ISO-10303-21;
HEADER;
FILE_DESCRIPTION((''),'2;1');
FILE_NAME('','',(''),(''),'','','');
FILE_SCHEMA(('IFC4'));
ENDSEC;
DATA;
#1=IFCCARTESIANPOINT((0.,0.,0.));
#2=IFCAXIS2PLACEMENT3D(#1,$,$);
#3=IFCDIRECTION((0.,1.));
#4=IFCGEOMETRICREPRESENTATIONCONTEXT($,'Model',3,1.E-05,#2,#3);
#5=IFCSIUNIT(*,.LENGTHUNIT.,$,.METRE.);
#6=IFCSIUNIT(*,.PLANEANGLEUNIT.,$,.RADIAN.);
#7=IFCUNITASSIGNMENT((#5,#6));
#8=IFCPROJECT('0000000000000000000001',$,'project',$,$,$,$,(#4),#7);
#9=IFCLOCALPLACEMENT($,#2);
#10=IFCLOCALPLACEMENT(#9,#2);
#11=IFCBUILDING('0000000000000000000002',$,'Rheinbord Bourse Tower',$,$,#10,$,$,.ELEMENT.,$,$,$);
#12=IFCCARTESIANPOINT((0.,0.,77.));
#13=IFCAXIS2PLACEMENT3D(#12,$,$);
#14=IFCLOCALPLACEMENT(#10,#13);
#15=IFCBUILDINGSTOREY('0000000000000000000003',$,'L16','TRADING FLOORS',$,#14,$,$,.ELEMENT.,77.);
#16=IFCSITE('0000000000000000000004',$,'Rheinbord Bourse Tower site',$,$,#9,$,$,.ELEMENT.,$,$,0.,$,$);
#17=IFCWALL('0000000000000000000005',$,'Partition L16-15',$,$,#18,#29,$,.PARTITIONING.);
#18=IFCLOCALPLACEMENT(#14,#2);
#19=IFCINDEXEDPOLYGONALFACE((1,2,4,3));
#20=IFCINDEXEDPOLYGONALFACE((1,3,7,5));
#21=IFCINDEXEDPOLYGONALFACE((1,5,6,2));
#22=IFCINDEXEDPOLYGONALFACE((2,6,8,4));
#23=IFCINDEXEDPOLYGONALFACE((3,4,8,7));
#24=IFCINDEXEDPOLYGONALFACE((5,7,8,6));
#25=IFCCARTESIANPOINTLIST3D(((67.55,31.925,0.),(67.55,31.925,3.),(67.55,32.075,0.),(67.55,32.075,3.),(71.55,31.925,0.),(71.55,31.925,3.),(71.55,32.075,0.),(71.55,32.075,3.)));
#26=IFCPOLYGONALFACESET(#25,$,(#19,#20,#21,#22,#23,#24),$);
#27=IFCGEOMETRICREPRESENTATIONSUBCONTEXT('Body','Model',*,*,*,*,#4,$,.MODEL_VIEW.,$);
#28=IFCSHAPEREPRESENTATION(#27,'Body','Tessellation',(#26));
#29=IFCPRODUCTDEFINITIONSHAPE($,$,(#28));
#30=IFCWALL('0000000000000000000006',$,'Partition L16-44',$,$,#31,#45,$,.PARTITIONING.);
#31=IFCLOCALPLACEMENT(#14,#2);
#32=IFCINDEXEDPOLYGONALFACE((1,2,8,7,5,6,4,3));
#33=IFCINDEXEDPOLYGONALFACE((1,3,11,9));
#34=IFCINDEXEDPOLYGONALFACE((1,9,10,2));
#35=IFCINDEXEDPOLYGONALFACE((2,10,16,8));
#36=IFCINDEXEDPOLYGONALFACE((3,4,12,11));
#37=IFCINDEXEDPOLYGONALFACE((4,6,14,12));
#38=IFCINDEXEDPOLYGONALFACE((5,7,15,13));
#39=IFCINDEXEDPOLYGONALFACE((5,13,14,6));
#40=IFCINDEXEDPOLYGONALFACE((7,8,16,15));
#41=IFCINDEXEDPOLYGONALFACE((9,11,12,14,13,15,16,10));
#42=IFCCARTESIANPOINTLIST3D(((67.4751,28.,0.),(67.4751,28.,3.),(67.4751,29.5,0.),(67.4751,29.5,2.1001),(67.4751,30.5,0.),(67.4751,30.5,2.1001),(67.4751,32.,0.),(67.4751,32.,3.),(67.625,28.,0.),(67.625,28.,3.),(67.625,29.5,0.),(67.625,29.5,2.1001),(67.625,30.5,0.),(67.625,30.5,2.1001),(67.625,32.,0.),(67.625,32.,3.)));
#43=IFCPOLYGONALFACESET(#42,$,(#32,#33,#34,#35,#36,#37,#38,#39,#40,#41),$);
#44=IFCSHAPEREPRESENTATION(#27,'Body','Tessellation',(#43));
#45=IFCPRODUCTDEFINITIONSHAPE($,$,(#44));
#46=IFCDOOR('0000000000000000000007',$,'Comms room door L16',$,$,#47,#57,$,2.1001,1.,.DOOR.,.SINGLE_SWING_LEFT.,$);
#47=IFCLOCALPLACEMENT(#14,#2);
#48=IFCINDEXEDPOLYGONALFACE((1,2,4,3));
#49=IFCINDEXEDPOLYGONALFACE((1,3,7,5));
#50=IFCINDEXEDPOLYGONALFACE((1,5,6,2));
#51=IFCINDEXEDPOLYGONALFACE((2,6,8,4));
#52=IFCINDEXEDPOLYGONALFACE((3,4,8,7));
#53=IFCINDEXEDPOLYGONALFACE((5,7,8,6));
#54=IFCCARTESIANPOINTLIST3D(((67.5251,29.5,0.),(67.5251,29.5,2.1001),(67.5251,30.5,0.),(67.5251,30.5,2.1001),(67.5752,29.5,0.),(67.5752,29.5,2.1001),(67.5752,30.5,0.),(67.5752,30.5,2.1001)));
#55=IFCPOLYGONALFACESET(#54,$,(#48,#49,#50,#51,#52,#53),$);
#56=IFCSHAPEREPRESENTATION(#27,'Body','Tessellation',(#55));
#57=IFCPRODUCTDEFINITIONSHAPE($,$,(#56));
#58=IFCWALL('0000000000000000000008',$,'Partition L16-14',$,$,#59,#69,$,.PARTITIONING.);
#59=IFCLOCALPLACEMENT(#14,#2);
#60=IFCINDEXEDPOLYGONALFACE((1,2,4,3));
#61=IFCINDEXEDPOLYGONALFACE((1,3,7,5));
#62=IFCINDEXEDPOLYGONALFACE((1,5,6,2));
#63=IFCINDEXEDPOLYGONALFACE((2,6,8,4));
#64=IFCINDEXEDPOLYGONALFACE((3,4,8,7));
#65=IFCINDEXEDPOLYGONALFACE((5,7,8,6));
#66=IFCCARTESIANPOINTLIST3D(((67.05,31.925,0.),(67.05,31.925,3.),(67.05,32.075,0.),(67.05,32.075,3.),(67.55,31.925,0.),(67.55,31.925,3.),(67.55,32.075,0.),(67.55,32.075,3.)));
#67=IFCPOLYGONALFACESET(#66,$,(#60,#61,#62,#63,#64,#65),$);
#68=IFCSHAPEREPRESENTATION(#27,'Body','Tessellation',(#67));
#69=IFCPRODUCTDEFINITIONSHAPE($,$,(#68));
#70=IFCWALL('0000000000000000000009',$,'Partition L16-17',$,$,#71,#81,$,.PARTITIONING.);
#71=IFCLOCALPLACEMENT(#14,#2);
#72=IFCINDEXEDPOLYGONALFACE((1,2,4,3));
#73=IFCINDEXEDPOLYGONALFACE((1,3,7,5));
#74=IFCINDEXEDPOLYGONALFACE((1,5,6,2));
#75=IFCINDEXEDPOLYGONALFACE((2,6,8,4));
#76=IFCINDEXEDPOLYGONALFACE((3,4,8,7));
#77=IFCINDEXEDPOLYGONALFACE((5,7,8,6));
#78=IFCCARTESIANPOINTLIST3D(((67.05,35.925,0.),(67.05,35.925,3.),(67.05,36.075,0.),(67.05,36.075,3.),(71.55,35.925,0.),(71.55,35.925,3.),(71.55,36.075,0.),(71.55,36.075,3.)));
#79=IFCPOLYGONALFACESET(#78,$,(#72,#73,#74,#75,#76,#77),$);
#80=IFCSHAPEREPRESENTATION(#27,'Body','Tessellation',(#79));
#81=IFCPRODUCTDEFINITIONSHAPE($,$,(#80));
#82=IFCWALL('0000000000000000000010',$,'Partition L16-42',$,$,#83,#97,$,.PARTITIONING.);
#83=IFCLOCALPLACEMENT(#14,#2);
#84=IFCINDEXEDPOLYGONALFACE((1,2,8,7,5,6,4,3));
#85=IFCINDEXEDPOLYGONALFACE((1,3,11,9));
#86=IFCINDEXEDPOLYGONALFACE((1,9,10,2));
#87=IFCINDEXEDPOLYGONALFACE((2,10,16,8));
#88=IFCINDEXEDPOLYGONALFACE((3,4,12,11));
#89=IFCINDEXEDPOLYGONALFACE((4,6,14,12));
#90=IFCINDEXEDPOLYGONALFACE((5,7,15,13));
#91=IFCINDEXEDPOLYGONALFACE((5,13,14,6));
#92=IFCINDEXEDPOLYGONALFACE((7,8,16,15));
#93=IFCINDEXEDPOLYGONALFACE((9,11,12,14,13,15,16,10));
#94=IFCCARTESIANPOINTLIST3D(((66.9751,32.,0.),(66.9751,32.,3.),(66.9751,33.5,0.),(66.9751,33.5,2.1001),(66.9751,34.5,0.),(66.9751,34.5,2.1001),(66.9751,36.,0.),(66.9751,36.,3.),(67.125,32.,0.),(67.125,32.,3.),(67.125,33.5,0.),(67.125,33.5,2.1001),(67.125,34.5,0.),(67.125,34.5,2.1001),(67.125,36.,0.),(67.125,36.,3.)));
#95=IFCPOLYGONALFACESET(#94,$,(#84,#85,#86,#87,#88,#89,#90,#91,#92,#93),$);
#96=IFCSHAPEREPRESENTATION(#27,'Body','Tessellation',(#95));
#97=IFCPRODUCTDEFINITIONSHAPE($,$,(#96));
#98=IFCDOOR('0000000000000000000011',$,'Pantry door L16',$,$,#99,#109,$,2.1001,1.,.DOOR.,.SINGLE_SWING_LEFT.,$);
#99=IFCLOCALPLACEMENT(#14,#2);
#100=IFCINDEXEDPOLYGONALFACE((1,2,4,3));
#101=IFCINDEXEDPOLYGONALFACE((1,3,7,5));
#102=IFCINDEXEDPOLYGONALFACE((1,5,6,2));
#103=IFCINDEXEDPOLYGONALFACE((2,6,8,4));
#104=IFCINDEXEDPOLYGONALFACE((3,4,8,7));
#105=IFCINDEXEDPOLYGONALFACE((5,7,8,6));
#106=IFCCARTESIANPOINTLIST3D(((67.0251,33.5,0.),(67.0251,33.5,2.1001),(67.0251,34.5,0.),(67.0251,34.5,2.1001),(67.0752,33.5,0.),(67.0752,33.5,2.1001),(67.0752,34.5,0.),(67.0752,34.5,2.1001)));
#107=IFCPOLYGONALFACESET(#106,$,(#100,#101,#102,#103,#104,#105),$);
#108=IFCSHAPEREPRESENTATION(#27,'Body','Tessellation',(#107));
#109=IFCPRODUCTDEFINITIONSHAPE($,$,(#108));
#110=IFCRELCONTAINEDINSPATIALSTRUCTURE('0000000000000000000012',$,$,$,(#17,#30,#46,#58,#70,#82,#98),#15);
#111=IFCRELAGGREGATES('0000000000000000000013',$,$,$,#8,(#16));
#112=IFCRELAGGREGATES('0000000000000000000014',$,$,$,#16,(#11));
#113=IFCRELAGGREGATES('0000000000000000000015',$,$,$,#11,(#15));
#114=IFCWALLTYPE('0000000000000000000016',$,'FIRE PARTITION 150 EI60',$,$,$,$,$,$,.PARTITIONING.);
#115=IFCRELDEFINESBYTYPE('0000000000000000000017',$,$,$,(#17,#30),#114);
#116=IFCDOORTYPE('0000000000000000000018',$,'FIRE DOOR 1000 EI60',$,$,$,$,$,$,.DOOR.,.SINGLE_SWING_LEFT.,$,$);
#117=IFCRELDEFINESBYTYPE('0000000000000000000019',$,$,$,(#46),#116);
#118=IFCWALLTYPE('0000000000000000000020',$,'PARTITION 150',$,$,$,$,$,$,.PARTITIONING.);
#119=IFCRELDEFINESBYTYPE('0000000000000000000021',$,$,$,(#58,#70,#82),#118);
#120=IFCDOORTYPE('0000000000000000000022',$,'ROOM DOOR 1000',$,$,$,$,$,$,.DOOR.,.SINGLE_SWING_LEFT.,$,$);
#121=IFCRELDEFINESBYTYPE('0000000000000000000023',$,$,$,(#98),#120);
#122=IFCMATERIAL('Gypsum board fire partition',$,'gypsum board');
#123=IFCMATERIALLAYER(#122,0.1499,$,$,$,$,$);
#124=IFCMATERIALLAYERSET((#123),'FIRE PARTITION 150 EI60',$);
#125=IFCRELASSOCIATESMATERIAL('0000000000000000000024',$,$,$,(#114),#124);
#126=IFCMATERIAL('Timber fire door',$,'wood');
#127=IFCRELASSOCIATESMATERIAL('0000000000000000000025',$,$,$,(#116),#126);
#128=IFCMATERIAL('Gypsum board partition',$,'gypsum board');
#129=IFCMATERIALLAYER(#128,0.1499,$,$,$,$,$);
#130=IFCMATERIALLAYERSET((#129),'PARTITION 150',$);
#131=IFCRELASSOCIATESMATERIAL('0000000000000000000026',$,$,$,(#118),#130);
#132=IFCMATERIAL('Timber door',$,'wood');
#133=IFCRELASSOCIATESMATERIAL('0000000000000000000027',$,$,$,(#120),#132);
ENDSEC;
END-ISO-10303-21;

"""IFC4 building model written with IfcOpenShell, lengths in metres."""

from ifc_helpers import new_model, si_unit, direction, frame, frame_2d, origin, place, context, subcontext, project, spatial, rectangle, extrude, material, layer, layer_set, type_object, element, fill, save


model = new_model("IFC4")

# Units and contexts
model_context = context("Model", 3, precision=1e-05, world=origin(), true_north=direction((0.0, 1.0)))
body_context = subcontext(model_context, "Body", "Model", "MODEL_VIEW")
ifc_project = project(units=[si_unit("LENGTHUNIT", "METRE"), si_unit("PLANEANGLEUNIT", "RADIAN")], contexts=[model_context])

# Site, building, storey
site_placement = place(None, origin())
site = spatial("IfcSite", under=ifc_project, at=site_placement, Name="Rheinbord Bourse Tower site", CompositionType="ELEMENT", RefElevation=0.0)
building_placement = place(site_placement, origin())
building = spatial("IfcBuilding", under=site, at=building_placement, Name="Rheinbord Bourse Tower", CompositionType="ELEMENT")
storey_placement = place(building_placement, frame((0.0, 0.0, 77.0)))
storey = spatial("IfcBuildingStorey", under=building, at=storey_placement, Name="L16", Description="TRADING FLOORS", CompositionType="ELEMENT", Elevation=77.0)

# Wall
ifc_material_1 = material(Name="Gypsum board fire partition", Category="gypsum board")
ifc_layer_1 = layer(ifc_material_1, 0.1499)
ifc_layer_set_1 = layer_set([ifc_layer_1], Name="FIRE PARTITION 150 EI60")
wall_type_1 = type_object("IfcWallType", Name="FIRE PARTITION 150 EI60", PredefinedType="PARTITIONING", material=ifc_layer_set_1)
for number, where, z_axis, x_axis, name in (
    (1, (67.55, 32.0, 0.0), (0.0, 0.0, 1.0), (1.0, 0.0, 0.0), "Partition L16-15"),
):
    element("IfcWall", number, at=place(storey_placement, frame(where, z_axis=z_axis, x_axis=x_axis)), inside=storey, type_object=wall_type_1, Name=name, PredefinedType="PARTITIONING", context=body_context, shape_type="SweptSolid", body=[
        extrude(rectangle(XDim=4.0, YDim=0.1499, at=frame_2d((2.0, 0.0))), origin(), (0.0, 0.0, 1.0), 3.0),
    ])

# Wall, opening, door
wall_1_placement = place(storey_placement, frame((67.55, 28.0, 0.0), z_axis=(0.0, 0.0, 1.0), x_axis=(0.0, 1.0, 0.0)))
wall_1 = element("IfcWall", 2, at=wall_1_placement, inside=storey, type_object=wall_type_1, Name="Partition L16-44", PredefinedType="PARTITIONING", context=body_context, shape_type="SweptSolid", body=[
    extrude(rectangle(XDim=4.0, YDim=0.1499, at=frame_2d((2.0, 0.0))), origin(), (0.0, 0.0, 1.0), 3.0),
])
opening_1_placement = place(wall_1_placement, frame((1.5, 0.0, 0.0)))
opening_1 = element("IfcOpeningElement", 3, at=opening_1_placement, cuts=wall_1, PredefinedType="OPENING", context=body_context, shape_type="SweptSolid", body=[
    extrude(rectangle(XDim=1.0, YDim=2.1001, at=frame_2d((0.5, 1.05))), frame((0.0, 0.085, 0.0), z_axis=(0.0, -1.0, 0.0), x_axis=(1.0, 0.0, 0.0)), (0.0, 0.0, 1.0), 0.1699),
])
ifc_material_2 = material(Name="Timber fire door", Category="wood")
door_type_1 = type_object("IfcDoorType", Name="FIRE DOOR 1000 EI60", OperationType="SINGLE_SWING_LEFT", PredefinedType="DOOR", material=ifc_material_2)
door_1_placement = place(opening_1_placement, origin())
door_1 = element("IfcDoor", 4, at=door_1_placement, inside=storey, type_object=door_type_1, Name="Comms room door L16", OperationType="SINGLE_SWING_LEFT", OverallHeight=2.1001, OverallWidth=1.0, PredefinedType="DOOR", context=body_context, shape_type="SweptSolid", body=[
    extrude(rectangle(XDim=1.0, YDim=2.1001, at=frame_2d((0.5, 1.05))), frame((0.0, 0.0249, 0.0), z_axis=(0.0, -1.0, 0.0), x_axis=(1.0, 0.0, 0.0)), (0.0, 0.0, 1.0), 0.05),
])
fill(opening_1, door_1)

# Walls
ifc_material_3 = material(Name="Gypsum board partition", Category="gypsum board")
ifc_layer_2 = layer(ifc_material_3, 0.1499)
ifc_layer_set_2 = layer_set([ifc_layer_2], Name="PARTITION 150")
wall_type_2 = type_object("IfcWallType", Name="PARTITION 150", PredefinedType="PARTITIONING", material=ifc_layer_set_2)
wall_2_placement = place(storey_placement, frame((67.05, 32.0, 0.0), z_axis=(0.0, 0.0, 1.0), x_axis=(1.0, 0.0, 0.0)))
element("IfcWall", 5, at=wall_2_placement, inside=storey, type_object=wall_type_2, Name="Partition L16-14", PredefinedType="PARTITIONING", context=body_context, shape_type="SweptSolid", body=[
    extrude(rectangle(XDim=0.5, YDim=0.1499, at=frame_2d((0.25, 0.0))), origin(), (0.0, 0.0, 1.0), 3.0),
])
wall_3_placement = place(storey_placement, frame((67.05, 36.0, 0.0), z_axis=(0.0, 0.0, 1.0), x_axis=(1.0, 0.0, 0.0)))
element("IfcWall", 6, at=wall_3_placement, inside=storey, type_object=wall_type_2, Name="Partition L16-17", PredefinedType="PARTITIONING", context=body_context, shape_type="SweptSolid", body=[
    extrude(rectangle(XDim=4.5, YDim=0.1499, at=frame_2d((2.25, 0.0))), origin(), (0.0, 0.0, 1.0), 3.0),
])

# Wall, opening, door
wall_4_placement = place(storey_placement, frame((67.05, 32.0, 0.0), z_axis=(0.0, 0.0, 1.0), x_axis=(0.0, 1.0, 0.0)))
wall_4 = element("IfcWall", 7, at=wall_4_placement, inside=storey, type_object=wall_type_2, Name="Partition L16-42", PredefinedType="PARTITIONING", context=body_context, shape_type="SweptSolid", body=[
    extrude(rectangle(XDim=4.0, YDim=0.1499, at=frame_2d((2.0, 0.0))), origin(), (0.0, 0.0, 1.0), 3.0),
])
opening_2_placement = place(wall_4_placement, frame((1.5, 0.0, 0.0)))
opening_2 = element("IfcOpeningElement", 8, at=opening_2_placement, cuts=wall_4, PredefinedType="OPENING", context=body_context, shape_type="SweptSolid", body=[
    extrude(rectangle(XDim=1.0, YDim=2.1001, at=frame_2d((0.5, 1.05))), frame((0.0, 0.085, 0.0), z_axis=(0.0, -1.0, 0.0), x_axis=(1.0, 0.0, 0.0)), (0.0, 0.0, 1.0), 0.1699),
])
ifc_material_4 = material(Name="Timber door", Category="wood")
door_type_2 = type_object("IfcDoorType", Name="ROOM DOOR 1000", OperationType="SINGLE_SWING_LEFT", PredefinedType="DOOR", material=ifc_material_4)
door_2_placement = place(opening_2_placement, origin())
door_2 = element("IfcDoor", 9, at=door_2_placement, inside=storey, type_object=door_type_2, Name="Pantry door L16", OperationType="SINGLE_SWING_LEFT", OverallHeight=2.1001, OverallWidth=1.0, PredefinedType="DOOR", context=body_context, shape_type="SweptSolid", body=[
    extrude(rectangle(XDim=1.0, YDim=2.1001, at=frame_2d((0.5, 1.05))), frame((0.0, 0.0249, 0.0), z_axis=(0.0, -1.0, 0.0), x_axis=(1.0, 0.0, 0.0)), (0.0, 0.0, 1.0), 0.05),
])
fill(opening_2, door_2)

save(model, "model.ifc")
